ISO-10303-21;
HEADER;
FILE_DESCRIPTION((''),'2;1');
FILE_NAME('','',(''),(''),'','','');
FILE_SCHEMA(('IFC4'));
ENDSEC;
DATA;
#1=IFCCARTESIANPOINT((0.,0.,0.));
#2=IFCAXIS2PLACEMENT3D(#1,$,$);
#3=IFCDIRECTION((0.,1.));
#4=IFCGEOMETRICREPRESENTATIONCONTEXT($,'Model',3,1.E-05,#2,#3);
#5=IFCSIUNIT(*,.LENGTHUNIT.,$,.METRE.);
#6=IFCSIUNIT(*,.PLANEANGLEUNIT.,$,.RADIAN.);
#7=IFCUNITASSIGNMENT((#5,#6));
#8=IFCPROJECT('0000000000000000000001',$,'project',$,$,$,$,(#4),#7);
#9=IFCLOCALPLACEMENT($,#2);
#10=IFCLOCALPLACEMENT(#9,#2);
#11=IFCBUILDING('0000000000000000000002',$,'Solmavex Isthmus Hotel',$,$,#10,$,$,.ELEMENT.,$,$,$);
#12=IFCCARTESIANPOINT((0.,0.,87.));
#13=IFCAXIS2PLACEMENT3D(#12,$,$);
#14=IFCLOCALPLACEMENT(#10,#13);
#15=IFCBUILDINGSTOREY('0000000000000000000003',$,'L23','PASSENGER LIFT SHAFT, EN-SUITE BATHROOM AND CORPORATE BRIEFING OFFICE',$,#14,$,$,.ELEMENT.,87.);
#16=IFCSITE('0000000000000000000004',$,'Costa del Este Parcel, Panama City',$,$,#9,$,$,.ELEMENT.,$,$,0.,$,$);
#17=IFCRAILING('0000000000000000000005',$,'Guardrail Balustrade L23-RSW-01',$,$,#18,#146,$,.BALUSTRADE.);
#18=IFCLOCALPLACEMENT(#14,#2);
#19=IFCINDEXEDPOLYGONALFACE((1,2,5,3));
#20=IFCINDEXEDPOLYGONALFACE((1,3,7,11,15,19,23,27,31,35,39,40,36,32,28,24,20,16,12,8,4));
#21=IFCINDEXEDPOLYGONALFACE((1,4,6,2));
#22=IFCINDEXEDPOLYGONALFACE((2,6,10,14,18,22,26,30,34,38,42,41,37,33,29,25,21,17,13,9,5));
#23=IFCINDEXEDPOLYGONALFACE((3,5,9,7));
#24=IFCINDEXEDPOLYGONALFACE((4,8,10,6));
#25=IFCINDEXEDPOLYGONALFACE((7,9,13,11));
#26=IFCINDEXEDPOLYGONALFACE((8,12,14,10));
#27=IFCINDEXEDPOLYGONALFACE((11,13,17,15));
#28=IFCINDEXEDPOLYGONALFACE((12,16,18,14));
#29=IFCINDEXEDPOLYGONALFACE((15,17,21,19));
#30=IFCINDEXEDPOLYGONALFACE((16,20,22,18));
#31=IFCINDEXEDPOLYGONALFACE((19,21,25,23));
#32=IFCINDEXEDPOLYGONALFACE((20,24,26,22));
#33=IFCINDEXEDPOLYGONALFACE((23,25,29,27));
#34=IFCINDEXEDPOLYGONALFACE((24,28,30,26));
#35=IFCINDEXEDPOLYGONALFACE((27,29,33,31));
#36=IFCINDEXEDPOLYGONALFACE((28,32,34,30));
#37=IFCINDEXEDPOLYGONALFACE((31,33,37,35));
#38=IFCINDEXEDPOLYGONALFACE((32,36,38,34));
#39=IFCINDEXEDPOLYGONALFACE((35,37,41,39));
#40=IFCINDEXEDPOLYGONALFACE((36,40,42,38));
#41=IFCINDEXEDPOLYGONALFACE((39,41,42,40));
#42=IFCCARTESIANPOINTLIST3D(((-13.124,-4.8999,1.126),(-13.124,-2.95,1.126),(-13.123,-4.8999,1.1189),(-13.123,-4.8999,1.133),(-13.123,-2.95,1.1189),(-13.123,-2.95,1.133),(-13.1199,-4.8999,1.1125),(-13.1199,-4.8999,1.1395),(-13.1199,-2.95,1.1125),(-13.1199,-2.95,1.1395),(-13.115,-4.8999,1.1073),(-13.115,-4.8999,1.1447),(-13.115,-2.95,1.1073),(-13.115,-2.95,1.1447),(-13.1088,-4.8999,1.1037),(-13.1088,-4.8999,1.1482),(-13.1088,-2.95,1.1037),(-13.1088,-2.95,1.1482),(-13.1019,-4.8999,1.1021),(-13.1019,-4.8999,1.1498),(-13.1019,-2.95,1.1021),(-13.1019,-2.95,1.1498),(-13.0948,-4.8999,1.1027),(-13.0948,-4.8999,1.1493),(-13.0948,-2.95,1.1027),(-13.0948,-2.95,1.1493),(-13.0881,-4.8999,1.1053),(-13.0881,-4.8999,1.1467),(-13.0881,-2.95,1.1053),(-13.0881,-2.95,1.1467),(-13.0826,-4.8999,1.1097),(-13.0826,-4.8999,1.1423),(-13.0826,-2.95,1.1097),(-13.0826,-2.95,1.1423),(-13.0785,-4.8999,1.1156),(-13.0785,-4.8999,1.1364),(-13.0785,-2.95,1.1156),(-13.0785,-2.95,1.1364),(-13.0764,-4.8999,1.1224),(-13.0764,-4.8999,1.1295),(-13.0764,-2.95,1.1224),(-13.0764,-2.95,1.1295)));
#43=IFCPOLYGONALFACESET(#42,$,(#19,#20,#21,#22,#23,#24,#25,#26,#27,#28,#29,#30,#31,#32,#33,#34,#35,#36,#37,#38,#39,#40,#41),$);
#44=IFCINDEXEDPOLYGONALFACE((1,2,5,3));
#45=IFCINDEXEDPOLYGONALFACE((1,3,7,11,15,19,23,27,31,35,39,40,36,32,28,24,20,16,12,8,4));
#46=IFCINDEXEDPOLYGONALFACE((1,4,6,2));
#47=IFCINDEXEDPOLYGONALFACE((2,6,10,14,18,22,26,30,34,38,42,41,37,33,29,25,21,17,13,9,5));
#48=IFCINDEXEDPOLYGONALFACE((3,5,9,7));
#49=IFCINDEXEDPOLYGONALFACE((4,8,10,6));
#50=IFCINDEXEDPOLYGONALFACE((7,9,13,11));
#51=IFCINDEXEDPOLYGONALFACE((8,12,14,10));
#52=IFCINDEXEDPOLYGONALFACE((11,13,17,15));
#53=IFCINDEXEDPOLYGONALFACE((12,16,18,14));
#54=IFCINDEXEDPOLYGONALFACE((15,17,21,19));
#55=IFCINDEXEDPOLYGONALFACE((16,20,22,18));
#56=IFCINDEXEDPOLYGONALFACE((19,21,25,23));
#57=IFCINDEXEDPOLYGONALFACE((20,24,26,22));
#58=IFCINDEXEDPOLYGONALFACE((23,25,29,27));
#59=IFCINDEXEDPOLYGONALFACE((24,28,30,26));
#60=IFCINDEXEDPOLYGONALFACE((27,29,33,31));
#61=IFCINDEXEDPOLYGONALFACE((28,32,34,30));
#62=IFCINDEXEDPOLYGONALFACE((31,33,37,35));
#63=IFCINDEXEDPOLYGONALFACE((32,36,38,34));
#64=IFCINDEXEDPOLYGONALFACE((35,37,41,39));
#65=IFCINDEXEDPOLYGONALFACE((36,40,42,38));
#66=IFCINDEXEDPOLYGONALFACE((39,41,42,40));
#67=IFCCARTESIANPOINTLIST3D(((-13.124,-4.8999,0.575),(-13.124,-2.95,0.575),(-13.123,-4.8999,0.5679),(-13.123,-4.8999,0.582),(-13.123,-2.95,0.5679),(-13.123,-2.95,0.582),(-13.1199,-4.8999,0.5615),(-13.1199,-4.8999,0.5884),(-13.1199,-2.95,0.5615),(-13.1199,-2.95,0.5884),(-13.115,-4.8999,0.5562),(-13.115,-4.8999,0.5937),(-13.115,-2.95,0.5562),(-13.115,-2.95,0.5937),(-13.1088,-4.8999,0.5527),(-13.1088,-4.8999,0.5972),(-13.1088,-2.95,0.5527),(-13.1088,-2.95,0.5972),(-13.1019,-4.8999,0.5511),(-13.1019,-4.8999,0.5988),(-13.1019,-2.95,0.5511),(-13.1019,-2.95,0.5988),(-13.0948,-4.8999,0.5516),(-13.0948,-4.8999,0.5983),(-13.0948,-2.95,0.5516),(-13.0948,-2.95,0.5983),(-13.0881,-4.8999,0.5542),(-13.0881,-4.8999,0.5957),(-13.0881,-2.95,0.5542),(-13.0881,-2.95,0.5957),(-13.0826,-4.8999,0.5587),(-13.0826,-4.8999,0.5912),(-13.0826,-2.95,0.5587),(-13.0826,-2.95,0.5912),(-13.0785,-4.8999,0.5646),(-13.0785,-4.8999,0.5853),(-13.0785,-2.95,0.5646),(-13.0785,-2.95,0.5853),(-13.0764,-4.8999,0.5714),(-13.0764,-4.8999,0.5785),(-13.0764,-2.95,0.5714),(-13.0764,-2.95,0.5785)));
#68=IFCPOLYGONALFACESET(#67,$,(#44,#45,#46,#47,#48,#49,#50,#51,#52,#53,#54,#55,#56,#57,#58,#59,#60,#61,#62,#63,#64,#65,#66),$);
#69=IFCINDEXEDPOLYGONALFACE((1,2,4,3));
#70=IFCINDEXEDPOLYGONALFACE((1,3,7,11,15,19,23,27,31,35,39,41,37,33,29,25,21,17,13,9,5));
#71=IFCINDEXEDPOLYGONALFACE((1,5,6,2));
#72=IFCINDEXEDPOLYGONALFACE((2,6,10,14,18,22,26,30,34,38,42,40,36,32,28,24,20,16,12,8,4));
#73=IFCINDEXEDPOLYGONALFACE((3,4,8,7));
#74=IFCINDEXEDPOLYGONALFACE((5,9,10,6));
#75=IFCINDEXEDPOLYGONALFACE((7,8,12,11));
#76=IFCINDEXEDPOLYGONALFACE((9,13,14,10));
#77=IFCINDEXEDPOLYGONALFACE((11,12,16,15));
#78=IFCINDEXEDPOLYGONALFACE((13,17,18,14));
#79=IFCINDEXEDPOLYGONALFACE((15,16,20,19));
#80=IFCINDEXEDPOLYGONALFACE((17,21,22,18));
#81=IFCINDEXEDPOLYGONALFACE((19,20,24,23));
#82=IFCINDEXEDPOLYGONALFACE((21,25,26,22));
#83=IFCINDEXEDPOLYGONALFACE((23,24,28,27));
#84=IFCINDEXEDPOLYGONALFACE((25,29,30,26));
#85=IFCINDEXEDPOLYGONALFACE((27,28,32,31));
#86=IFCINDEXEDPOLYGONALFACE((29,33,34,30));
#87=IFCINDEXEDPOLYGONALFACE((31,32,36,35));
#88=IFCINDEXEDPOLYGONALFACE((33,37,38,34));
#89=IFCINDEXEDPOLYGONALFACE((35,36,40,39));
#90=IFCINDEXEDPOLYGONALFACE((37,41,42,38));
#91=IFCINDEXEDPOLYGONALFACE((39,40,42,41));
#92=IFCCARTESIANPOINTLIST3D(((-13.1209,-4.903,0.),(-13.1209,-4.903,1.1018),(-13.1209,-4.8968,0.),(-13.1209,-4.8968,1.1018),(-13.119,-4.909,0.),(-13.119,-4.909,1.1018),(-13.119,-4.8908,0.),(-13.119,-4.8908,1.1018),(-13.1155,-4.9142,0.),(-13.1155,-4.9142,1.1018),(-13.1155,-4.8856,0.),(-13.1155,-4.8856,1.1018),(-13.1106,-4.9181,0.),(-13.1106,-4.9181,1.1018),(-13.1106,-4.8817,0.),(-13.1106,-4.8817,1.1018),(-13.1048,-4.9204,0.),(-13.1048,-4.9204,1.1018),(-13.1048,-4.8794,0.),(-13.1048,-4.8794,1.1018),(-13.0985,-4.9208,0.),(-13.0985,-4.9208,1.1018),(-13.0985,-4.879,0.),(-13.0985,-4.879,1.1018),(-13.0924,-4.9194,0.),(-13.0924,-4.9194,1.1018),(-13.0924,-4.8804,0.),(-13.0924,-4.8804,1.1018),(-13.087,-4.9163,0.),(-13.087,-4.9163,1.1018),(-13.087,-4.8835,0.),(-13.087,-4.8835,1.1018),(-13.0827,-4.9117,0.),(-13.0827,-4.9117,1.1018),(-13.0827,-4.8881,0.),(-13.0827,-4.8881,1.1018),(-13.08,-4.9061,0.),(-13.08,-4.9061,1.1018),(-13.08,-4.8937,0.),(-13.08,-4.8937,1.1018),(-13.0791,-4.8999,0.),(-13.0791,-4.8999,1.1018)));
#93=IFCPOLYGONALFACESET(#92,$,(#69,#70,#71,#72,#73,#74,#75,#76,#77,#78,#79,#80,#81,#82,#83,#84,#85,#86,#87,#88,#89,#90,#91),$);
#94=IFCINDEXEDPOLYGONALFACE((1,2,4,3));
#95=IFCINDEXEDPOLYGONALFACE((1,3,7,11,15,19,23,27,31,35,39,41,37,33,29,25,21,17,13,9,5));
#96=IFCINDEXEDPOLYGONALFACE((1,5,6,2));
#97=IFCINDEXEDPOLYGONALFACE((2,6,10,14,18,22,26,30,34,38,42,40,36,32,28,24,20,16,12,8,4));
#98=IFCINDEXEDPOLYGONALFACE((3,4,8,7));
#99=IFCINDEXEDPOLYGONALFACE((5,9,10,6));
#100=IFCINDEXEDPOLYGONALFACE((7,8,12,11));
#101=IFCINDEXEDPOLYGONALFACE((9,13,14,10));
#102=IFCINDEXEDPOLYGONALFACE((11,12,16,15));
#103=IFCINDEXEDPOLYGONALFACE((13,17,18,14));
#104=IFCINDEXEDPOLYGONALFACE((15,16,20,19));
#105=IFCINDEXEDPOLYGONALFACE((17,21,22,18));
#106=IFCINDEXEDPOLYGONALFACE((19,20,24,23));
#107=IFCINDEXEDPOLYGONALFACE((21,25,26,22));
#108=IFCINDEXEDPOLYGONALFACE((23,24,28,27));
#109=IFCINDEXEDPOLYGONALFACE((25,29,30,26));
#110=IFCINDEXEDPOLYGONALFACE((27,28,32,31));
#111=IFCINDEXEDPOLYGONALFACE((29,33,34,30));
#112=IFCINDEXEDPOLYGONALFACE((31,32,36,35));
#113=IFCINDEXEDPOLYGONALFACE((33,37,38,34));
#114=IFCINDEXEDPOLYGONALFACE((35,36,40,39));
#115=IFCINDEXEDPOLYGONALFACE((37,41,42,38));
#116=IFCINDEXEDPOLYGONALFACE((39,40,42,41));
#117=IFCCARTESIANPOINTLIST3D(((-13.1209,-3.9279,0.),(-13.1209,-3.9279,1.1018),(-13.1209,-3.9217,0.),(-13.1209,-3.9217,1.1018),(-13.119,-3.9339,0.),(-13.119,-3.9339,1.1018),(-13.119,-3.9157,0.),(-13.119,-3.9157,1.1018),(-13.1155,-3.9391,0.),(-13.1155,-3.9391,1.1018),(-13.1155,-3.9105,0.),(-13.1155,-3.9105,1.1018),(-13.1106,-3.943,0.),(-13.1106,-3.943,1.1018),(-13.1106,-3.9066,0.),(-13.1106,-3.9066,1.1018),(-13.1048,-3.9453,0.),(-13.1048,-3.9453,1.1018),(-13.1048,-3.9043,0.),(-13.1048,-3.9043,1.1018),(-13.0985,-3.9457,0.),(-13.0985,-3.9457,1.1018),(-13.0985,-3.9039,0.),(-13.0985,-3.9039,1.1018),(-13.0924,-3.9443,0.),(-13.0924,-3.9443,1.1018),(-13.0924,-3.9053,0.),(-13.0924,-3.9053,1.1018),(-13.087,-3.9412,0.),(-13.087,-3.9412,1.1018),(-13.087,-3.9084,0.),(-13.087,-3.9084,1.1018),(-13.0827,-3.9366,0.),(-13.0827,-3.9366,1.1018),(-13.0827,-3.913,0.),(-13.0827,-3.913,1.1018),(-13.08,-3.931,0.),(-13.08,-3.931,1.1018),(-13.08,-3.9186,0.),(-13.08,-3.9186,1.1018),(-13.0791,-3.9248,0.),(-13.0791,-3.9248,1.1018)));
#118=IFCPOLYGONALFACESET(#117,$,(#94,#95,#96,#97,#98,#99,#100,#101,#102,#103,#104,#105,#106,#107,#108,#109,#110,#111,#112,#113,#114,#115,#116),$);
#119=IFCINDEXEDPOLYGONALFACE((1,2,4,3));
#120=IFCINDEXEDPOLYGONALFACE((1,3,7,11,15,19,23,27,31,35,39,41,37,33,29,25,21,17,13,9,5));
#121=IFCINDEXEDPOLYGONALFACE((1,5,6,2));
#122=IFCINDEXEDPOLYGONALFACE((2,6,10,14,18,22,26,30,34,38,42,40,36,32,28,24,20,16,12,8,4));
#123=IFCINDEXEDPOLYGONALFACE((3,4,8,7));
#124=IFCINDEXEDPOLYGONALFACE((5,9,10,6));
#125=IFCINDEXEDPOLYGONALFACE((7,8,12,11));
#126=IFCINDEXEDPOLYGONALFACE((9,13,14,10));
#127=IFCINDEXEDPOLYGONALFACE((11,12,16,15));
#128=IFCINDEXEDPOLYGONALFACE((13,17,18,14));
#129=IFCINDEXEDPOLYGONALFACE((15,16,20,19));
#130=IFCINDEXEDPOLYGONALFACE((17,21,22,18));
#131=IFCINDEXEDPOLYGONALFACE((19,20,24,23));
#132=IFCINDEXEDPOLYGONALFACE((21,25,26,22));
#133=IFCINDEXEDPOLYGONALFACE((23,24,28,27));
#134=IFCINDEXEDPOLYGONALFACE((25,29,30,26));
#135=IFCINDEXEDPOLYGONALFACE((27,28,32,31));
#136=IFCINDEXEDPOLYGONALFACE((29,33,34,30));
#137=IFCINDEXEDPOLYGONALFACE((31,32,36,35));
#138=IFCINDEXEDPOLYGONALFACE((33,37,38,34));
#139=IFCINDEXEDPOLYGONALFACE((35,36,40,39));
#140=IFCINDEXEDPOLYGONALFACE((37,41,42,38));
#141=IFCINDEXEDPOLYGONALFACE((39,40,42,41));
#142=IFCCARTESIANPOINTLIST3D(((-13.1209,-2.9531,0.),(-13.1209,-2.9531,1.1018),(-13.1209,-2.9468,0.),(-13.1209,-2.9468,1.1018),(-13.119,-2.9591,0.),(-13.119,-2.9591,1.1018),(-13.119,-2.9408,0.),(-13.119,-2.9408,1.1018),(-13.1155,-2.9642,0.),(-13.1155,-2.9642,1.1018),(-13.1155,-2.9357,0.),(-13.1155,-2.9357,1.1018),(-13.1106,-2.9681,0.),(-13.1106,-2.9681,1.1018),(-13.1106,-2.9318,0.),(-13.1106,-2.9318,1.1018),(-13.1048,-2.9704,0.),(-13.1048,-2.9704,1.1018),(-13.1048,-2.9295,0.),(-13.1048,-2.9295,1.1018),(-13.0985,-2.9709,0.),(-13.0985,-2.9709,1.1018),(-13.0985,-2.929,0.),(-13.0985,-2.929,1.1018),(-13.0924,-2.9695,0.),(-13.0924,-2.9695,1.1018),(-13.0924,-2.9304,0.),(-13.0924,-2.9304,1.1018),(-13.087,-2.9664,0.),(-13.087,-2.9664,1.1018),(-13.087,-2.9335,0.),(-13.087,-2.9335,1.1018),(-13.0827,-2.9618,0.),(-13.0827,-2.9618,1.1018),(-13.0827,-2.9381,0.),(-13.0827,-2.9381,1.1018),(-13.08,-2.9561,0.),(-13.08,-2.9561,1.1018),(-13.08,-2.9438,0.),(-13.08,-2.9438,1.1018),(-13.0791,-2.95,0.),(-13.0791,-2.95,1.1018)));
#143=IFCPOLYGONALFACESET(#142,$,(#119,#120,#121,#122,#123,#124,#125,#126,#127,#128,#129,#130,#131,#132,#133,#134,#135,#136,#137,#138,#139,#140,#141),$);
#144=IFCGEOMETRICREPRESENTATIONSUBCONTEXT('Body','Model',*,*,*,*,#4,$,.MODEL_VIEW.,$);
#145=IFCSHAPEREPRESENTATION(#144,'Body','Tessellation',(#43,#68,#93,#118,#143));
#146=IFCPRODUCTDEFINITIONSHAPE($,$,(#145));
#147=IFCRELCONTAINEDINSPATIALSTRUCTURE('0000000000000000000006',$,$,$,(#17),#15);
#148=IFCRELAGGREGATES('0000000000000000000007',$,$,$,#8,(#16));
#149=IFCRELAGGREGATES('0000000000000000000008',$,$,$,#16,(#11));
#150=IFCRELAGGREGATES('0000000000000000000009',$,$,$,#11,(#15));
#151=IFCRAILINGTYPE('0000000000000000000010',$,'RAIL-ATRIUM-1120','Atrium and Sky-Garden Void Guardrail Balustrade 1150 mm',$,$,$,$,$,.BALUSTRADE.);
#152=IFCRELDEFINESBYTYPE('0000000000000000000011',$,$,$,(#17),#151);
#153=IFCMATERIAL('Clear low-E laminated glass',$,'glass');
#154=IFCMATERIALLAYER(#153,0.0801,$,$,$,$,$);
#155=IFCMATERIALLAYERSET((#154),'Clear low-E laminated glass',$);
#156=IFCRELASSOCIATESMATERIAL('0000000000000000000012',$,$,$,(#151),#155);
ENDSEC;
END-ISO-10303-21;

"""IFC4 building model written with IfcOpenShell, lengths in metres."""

from ifc_helpers import new_model, si_unit, direction, frame, origin, origin_2d, place, context, subcontext, project, spatial, circle, extrude, material, layer, layer_set, type_object, element, save


model = new_model("IFC4")

# Units and contexts
model_context = context("Model", 3, precision=1e-05, world=origin(), true_north=direction((0.0, 1.0)))
body_context = subcontext(model_context, "Body", "Model", "MODEL_VIEW")
ifc_project = project(units=[si_unit("LENGTHUNIT", "METRE"), si_unit("PLANEANGLEUNIT", "RADIAN")], contexts=[model_context])

# Site, building, storey
site_placement = place(None, origin())
site = spatial("IfcSite", under=ifc_project, at=site_placement, Name="Costa del Este Parcel, Panama City", CompositionType="ELEMENT", RefElevation=0.0)
building_placement = place(site_placement, origin())
building = spatial("IfcBuilding", under=site, at=building_placement, Name="Solmavex Isthmus Hotel", CompositionType="ELEMENT")
storey_placement = place(building_placement, frame((0.0, 0.0, 87.0)))
storey = spatial("IfcBuildingStorey", under=building, at=storey_placement, Name="L23", Description="PASSENGER LIFT SHAFT, EN-SUITE BATHROOM AND CORPORATE BRIEFING OFFICE", CompositionType="ELEMENT", Elevation=87.0)

# Shared definitions
ifc_material_1 = material(Name="Clear low-E laminated glass", Category="glass")

# Railing
ifc_layer_1 = layer(ifc_material_1, 0.0801)
ifc_layer_set_1 = layer_set([ifc_layer_1], Name="Clear low-E laminated glass")
railing_type_1 = type_object("IfcRailingType", Name="RAIL-ATRIUM-1120", Description="Atrium and Sky-Garden Void Guardrail Balustrade 1150 mm", PredefinedType="BALUSTRADE", material=ifc_layer_set_1)
railing_1_placement = place(storey_placement, frame((-13.1001, -4.8999, 0.0)))
element("IfcRailing", 1, at=railing_1_placement, inside=storey, type_object=railing_type_1, Name="Guardrail Balustrade L23-RSW-01", PredefinedType="BALUSTRADE", context=body_context, shape_type="SweptSolid", body=[
    extrude(circle(Radius=0.0239, at=origin_2d()), frame((0.0, 0.0, 1.126), z_axis=(0.0, 1.0, 0.0), x_axis=(-1.0, 0.0, 0.0)), (0.0, 0.0, 1.0), 1.95),
    extrude(circle(Radius=0.0239, at=origin_2d()), frame((0.0, 0.0, 0.575), z_axis=(0.0, 1.0, 0.0), x_axis=(-1.0, 0.0, 0.0)), (0.0, 0.0, 1.0), 1.95),
    extrude(circle(Radius=0.021, at=origin_2d()), origin(), (0.0, 0.0, 1.0), 1.1018),
    extrude(circle(Radius=0.021, at=origin_2d()), frame((0.0, 0.9751, 0.0)), (0.0, 0.0, 1.0), 1.1018),
    extrude(circle(Radius=0.021, at=origin_2d()), frame((0.0, 1.95, 0.0)), (0.0, 0.0, 1.0), 1.1018),
])

save(model, "model.ifc")
